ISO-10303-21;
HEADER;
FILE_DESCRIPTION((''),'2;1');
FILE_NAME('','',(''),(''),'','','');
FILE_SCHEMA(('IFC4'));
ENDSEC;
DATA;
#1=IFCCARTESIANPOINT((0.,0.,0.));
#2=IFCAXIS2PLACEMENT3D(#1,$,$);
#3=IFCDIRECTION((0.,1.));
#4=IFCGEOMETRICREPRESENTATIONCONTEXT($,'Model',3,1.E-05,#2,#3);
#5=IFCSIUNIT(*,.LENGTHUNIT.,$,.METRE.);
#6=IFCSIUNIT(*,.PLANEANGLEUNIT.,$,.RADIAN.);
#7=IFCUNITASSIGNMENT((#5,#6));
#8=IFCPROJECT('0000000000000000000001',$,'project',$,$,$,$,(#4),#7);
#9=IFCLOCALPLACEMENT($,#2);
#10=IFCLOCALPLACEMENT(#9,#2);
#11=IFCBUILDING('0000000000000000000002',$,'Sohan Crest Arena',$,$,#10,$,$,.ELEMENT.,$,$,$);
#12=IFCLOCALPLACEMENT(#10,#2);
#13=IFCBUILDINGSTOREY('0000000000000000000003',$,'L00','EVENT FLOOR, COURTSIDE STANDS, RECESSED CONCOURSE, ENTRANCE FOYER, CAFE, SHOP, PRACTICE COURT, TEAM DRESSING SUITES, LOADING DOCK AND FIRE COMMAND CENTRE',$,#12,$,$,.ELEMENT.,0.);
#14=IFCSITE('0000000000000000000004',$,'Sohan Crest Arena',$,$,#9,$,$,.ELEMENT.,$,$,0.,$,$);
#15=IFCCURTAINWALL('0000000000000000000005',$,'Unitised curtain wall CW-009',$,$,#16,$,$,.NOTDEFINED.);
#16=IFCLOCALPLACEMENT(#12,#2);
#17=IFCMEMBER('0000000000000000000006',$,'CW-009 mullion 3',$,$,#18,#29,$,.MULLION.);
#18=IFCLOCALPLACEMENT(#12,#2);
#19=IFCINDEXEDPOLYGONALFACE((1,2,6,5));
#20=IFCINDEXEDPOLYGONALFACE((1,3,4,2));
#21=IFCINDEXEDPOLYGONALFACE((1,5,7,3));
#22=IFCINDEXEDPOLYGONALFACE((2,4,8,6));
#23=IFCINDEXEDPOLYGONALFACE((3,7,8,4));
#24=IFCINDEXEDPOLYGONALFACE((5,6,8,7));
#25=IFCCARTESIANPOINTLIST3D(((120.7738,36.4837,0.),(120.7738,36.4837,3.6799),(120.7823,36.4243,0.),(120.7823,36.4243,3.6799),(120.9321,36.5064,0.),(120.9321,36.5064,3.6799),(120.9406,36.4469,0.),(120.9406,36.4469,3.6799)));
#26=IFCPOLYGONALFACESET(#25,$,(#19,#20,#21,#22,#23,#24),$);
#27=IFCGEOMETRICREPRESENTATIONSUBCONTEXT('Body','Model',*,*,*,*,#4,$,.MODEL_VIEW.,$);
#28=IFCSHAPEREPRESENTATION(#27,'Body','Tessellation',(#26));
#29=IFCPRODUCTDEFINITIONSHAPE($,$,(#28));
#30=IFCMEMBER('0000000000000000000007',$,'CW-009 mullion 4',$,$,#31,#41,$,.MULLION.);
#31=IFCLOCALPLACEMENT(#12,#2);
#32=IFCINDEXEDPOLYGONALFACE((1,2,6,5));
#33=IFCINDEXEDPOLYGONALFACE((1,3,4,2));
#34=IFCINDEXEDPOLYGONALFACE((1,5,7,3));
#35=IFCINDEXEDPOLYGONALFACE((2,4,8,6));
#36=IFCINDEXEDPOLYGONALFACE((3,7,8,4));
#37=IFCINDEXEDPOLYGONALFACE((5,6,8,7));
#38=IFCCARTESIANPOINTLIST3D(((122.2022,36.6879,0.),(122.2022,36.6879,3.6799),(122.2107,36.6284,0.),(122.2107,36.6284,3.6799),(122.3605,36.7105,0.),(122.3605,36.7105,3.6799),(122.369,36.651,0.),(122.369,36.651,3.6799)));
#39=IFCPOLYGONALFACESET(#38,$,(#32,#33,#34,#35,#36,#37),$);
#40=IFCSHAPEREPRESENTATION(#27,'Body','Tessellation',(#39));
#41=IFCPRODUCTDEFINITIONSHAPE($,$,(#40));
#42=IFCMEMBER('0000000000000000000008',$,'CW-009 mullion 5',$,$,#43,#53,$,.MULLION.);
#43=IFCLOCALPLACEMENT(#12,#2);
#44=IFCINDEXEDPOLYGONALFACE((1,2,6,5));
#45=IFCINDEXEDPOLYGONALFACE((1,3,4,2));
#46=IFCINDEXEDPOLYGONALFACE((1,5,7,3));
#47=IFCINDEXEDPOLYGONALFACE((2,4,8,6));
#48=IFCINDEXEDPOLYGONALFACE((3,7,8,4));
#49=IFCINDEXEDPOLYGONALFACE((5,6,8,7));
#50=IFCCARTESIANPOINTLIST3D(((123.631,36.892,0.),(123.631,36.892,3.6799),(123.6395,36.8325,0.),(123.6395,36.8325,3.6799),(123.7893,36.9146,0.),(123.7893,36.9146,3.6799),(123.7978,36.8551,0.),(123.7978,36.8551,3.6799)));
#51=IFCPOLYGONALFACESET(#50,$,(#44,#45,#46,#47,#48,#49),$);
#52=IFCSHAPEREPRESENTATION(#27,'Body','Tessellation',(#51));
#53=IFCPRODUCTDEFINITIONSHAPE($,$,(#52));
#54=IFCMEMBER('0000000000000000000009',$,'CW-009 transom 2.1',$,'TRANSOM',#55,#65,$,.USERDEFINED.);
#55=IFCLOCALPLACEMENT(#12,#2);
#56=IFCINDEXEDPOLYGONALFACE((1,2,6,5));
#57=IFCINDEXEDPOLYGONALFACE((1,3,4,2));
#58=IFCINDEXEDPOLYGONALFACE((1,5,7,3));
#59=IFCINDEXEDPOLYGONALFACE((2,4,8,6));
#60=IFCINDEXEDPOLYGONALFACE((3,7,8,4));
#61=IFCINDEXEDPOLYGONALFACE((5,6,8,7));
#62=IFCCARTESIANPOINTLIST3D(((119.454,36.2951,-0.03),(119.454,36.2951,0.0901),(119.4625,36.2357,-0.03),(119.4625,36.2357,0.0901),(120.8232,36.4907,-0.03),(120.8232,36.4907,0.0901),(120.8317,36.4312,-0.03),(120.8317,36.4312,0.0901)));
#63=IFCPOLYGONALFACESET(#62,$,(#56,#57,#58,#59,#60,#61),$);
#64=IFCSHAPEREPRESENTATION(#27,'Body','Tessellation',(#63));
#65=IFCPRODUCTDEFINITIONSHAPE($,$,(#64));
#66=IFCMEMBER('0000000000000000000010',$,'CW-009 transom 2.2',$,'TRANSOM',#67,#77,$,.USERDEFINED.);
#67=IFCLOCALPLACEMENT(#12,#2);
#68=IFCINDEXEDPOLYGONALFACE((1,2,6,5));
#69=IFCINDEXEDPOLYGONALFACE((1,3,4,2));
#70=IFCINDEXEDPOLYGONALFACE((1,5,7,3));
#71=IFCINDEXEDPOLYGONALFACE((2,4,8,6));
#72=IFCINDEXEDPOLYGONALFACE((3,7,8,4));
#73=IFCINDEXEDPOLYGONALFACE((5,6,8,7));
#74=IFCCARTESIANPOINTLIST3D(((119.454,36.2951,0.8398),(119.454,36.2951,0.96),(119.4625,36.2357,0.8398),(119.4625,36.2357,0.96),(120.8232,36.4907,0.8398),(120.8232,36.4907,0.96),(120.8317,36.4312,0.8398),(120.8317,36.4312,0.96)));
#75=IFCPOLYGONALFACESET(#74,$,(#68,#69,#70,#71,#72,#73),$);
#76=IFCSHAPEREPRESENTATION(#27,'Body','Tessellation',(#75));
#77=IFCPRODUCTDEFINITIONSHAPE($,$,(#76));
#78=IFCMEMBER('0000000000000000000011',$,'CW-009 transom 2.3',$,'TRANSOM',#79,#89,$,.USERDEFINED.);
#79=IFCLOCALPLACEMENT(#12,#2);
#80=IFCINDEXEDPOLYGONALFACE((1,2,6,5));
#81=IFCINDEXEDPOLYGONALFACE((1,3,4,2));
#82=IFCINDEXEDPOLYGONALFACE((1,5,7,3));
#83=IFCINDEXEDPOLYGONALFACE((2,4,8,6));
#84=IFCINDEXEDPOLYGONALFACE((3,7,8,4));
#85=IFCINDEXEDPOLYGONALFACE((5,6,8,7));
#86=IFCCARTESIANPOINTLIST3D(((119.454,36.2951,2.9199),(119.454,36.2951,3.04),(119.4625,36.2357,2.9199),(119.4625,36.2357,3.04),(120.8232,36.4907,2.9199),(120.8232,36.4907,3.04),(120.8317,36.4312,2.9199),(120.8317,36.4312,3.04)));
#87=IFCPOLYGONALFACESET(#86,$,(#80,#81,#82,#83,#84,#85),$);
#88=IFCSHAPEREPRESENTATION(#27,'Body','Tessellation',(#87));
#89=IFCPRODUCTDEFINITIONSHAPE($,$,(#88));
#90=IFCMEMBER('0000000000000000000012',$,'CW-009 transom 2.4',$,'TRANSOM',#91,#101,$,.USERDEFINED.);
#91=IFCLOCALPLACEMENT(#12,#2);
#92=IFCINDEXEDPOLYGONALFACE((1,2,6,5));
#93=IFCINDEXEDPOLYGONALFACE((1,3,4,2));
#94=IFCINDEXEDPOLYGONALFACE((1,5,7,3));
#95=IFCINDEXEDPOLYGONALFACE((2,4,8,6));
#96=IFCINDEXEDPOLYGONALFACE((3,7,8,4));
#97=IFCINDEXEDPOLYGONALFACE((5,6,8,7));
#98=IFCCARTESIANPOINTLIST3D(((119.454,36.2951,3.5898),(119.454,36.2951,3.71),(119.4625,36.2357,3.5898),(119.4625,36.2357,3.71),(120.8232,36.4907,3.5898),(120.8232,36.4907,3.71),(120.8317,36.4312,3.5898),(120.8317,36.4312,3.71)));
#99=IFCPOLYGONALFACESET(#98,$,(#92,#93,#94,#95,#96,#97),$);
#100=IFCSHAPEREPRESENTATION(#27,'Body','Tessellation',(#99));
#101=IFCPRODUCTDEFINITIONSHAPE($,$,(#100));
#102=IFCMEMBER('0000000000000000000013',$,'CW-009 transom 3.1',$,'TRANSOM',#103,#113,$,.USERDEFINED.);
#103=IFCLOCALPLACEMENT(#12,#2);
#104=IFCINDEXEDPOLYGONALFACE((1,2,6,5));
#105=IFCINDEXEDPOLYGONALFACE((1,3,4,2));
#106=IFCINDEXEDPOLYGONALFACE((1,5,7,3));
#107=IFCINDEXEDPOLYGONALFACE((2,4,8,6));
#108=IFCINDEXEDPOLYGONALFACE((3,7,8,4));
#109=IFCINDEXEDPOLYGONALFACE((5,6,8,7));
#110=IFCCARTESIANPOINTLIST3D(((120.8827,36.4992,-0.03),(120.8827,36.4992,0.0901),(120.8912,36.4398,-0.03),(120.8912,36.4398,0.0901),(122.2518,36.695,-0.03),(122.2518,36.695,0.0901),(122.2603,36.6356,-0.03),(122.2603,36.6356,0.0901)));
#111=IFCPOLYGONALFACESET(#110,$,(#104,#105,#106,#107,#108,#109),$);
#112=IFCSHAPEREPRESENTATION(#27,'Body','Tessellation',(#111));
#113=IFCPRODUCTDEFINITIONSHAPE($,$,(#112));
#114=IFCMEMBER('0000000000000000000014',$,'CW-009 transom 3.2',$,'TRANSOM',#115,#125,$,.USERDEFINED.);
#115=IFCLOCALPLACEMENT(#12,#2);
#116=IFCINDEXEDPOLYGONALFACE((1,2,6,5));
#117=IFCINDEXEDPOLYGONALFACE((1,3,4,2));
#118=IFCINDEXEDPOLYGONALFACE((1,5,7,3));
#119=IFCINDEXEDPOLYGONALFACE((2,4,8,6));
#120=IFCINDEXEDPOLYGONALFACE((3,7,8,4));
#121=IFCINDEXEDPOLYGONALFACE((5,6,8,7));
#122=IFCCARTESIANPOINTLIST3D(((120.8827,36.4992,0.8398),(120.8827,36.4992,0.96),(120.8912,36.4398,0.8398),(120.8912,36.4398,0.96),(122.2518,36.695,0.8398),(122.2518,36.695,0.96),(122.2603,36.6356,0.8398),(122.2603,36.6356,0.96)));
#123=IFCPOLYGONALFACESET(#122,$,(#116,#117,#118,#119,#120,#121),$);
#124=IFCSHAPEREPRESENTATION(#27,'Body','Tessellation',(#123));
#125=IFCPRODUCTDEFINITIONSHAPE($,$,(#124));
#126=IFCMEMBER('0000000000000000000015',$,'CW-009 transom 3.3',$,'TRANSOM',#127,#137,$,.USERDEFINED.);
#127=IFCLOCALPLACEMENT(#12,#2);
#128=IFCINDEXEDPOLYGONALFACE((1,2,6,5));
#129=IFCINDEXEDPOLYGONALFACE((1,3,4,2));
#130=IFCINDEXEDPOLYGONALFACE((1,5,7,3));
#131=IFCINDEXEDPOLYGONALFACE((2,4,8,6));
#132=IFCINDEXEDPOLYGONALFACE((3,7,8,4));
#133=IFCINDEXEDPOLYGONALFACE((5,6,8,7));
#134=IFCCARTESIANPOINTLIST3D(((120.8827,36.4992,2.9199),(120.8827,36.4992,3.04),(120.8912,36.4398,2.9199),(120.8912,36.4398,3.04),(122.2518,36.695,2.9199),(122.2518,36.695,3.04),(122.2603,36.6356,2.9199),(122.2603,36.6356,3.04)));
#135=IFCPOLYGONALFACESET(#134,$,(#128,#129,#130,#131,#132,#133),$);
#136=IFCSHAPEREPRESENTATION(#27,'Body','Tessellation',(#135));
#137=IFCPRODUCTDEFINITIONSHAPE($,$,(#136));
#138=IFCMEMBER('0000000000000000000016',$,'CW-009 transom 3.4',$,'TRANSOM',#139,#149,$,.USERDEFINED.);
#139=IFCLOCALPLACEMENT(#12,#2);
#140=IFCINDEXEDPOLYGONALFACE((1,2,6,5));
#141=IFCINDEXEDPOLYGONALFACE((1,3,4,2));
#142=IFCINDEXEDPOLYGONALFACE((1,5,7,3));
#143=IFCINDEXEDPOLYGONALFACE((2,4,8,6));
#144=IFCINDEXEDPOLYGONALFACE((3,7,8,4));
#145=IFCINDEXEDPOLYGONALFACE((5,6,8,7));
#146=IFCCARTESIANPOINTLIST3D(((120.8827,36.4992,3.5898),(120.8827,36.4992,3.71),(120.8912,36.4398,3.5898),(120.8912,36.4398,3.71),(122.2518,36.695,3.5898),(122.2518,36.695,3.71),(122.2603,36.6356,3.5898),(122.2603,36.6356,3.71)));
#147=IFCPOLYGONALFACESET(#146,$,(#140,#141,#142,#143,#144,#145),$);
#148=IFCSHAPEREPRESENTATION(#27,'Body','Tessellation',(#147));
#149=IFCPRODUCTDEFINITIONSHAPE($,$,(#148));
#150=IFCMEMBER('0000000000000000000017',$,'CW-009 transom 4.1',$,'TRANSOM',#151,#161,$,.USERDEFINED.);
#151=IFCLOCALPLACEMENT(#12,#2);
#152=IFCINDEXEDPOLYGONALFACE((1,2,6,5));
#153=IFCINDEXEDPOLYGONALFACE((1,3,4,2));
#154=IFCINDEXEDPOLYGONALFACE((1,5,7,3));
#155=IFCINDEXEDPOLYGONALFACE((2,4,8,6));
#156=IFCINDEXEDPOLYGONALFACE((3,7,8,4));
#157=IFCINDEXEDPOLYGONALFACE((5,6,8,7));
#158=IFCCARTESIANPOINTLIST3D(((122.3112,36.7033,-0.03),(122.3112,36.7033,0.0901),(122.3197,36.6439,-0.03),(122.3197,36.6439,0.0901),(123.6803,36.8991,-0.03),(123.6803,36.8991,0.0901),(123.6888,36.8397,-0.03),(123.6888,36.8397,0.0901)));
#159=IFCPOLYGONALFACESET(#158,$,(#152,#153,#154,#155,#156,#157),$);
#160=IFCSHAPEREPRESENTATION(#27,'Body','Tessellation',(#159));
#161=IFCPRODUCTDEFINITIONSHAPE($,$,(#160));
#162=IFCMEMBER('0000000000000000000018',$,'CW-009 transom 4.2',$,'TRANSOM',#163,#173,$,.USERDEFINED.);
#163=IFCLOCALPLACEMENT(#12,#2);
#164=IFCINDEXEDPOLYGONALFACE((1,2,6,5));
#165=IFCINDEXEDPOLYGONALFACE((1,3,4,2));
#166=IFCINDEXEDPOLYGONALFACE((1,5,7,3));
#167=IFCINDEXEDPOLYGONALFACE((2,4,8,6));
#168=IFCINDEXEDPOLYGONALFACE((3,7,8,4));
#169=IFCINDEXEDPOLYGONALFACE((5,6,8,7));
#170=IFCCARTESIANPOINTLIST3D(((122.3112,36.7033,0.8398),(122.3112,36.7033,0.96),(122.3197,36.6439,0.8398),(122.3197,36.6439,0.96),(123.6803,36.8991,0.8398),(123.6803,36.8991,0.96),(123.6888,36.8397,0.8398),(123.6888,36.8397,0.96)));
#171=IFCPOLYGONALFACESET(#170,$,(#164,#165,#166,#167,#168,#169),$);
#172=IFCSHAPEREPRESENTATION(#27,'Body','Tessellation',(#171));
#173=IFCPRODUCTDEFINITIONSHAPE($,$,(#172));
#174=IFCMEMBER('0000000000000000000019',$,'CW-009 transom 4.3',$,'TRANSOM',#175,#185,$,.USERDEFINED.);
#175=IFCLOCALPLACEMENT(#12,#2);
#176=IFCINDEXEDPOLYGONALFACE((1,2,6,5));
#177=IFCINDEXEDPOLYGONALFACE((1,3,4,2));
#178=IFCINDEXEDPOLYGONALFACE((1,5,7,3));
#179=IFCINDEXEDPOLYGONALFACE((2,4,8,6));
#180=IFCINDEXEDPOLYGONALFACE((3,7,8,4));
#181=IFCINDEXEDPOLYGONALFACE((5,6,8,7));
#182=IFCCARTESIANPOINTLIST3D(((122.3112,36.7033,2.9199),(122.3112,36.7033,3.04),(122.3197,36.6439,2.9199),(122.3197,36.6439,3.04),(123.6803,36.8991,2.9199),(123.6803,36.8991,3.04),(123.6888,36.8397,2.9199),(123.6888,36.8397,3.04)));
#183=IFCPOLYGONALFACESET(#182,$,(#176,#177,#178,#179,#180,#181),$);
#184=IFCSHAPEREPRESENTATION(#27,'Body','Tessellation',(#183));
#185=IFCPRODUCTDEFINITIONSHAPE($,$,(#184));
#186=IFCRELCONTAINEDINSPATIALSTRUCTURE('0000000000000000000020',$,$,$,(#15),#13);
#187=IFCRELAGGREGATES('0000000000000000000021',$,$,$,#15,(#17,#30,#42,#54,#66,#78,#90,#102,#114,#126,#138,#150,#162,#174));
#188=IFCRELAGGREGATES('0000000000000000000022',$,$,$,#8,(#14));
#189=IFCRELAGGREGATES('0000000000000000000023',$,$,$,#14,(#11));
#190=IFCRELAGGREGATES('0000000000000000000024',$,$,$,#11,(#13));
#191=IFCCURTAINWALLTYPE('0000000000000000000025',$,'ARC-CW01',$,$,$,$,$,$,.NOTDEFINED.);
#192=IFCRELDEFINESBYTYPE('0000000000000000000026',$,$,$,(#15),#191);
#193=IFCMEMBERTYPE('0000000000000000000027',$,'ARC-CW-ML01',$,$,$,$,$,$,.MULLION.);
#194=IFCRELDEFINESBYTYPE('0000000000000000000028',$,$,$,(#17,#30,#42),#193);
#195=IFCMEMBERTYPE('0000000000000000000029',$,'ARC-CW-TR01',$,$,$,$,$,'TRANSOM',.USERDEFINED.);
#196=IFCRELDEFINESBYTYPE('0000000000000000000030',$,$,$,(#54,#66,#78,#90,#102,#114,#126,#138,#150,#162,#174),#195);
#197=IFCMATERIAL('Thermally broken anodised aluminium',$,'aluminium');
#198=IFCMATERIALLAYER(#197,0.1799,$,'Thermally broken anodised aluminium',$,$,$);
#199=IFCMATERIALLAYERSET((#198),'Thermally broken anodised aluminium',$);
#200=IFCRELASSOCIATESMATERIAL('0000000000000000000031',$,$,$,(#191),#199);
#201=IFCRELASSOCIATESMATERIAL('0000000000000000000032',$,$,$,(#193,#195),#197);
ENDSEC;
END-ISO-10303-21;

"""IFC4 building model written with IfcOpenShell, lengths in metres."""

from ifc_helpers import new_model, si_unit, direction, frame, origin, origin_2d, place, context, subcontext, project, spatial, rectangle, extrude, material, layer, layer_set, material_profile, profile_set, type_object, element, aggregate, save


model = new_model("IFC4")

# Units and contexts
model_context = context("Model", 3, precision=1e-05, world=origin(), true_north=direction((0.0, 1.0)))
body_context = subcontext(model_context, "Body", "Model", "MODEL_VIEW")
ifc_project = project(units=[si_unit("LENGTHUNIT", "METRE"), si_unit("PLANEANGLEUNIT", "RADIAN")], contexts=[model_context])

# Site, building, storey
site_placement = place(None, origin())
site = spatial("IfcSite", under=ifc_project, at=site_placement, Name="Sohan Crest Arena", CompositionType="ELEMENT", RefElevation=0.0)
building_placement = place(site_placement, origin())
building = spatial("IfcBuilding", under=site, at=building_placement, Name="Sohan Crest Arena", CompositionType="ELEMENT")
storey_placement = place(building_placement, origin())
storey = spatial("IfcBuildingStorey", under=building, at=storey_placement, Name="L00", Description="EVENT FLOOR, COURTSIDE STANDS, RECESSED CONCOURSE, ENTRANCE FOYER, CAFE, SHOP, PRACTICE COURT, TEAM DRESSING SUITES, LOADING DOCK AND FIRE COMMAND CENTRE", CompositionType="ELEMENT", Elevation=0.0)

# Curtain wall, members
ifc_material_1 = material(Name="Thermally broken anodised aluminium", Category="aluminium")
ifc_layer_1 = layer(ifc_material_1, 0.1799, Name="Thermally broken anodised aluminium")
ifc_layer_set_1 = layer_set([ifc_layer_1], Name="Thermally broken anodised aluminium")
curtain_wall_type = type_object("IfcCurtainWallType", Name="ARC-CW01", PredefinedType="NOTDEFINED", material=ifc_layer_set_1)
curtain_wall_placement = place(storey_placement, origin())
curtain_wall = element("IfcCurtainWall", 1, at=curtain_wall_placement, inside=storey, type_object=curtain_wall_type, Name="Unitised curtain wall CW-009", PredefinedType="NOTDEFINED")
ifc_material_profile_1 = material_profile(ifc_material_1, rectangle(XDim=0.0601, YDim=0.1599, at=origin_2d()), Name="ALU-MULL 60x160")
ifc_profile_set_1 = profile_set([ifc_material_profile_1], Name="Thermally broken anodised aluminium")
member_type_1 = type_object("IfcMemberType", Name="ARC-CW-ML01", PredefinedType="MULLION", material=ifc_profile_set_1)
member_1_placement = place(storey_placement, frame((120.8572, 36.4653, 0.0), z_axis=(0.0, 0.0, 1.0), x_axis=(-0.141463, 0.989944, 0.0)))
member_1 = element("IfcMember", 2, at=member_1_placement, type_object=member_type_1, Name="CW-009 mullion 3", PredefinedType="MULLION", context=body_context, shape_type="SweptSolid", body=[
    extrude(rectangle(XDim=0.0601, YDim=0.1599, at=origin_2d()), origin(), (0.0, 0.0, 1.0), 3.6799),
])
member_2_placement = place(storey_placement, frame((122.2856, 36.6694, 0.0), z_axis=(0.0, 0.0, 1.0), x_axis=(-0.141463, 0.989944, 0.0)))
member_2 = element("IfcMember", 3, at=member_2_placement, type_object=member_type_1, Name="CW-009 mullion 4", PredefinedType="MULLION", context=body_context, shape_type="SweptSolid", body=[
    extrude(rectangle(XDim=0.0601, YDim=0.1599, at=origin_2d()), origin(), (0.0, 0.0, 1.0), 3.6799),
])
member_3_placement = place(storey_placement, frame((123.7144, 36.8735, 0.0), z_axis=(0.0, 0.0, 1.0), x_axis=(-0.141463, 0.989944, 0.0)))
member_3 = element("IfcMember", 4, at=member_3_placement, type_object=member_type_1, Name="CW-009 mullion 5", PredefinedType="MULLION", context=body_context, shape_type="SweptSolid", body=[
    extrude(rectangle(XDim=0.0601, YDim=0.1599, at=origin_2d()), origin(), (0.0, 0.0, 1.0), 3.6799),
])
ifc_material_profile_2 = material_profile(ifc_material_1, rectangle(XDim=0.0601, YDim=0.1201, at=origin_2d()), Name="ALU-TRAN 60x120")
ifc_profile_set_2 = profile_set([ifc_material_profile_2], Name="Thermally broken anodised aluminium")
member_type_2 = type_object("IfcMemberType", Name="ARC-CW-TR01", ElementType="TRANSOM", PredefinedType="USERDEFINED", material=ifc_profile_set_2)
member_4_placement = place(storey_placement, frame((119.4583, 36.2654, 0.03), z_axis=(0.989953, 0.141397, 0.0), x_axis=(-0.141397, 0.989953, 0.0)))
member_4 = element("IfcMember", 5, at=member_4_placement, type_object=member_type_2, Name="CW-009 transom 2.1", ObjectType="TRANSOM", PredefinedType="USERDEFINED", context=body_context, shape_type="SweptSolid", body=[
    extrude(rectangle(XDim=0.0601, YDim=0.1201, at=origin_2d()), origin(), (0.0, 0.0, 1.0), 1.3831),
])
member_5_placement = place(storey_placement, frame((119.4583, 36.2654, 0.8999), z_axis=(0.989953, 0.141397, 0.0), x_axis=(-0.141397, 0.989953, 0.0)))
member_5 = element("IfcMember", 6, at=member_5_placement, type_object=member_type_2, Name="CW-009 transom 2.2", ObjectType="TRANSOM", PredefinedType="USERDEFINED", context=body_context, shape_type="SweptSolid", body=[
    extrude(rectangle(XDim=0.0601, YDim=0.1201, at=origin_2d()), origin(), (0.0, 0.0, 1.0), 1.3831),
])
member_6_placement = place(storey_placement, frame((119.4583, 36.2654, 2.98), z_axis=(0.989953, 0.141397, 0.0), x_axis=(-0.141397, 0.989953, 0.0)))
member_6 = element("IfcMember", 7, at=member_6_placement, type_object=member_type_2, Name="CW-009 transom 2.3", ObjectType="TRANSOM", PredefinedType="USERDEFINED", context=body_context, shape_type="SweptSolid", body=[
    extrude(rectangle(XDim=0.0601, YDim=0.1201, at=origin_2d()), origin(), (0.0, 0.0, 1.0), 1.3831),
])
member_7_placement = place(storey_placement, frame((119.4583, 36.2654, 3.6499), z_axis=(0.989953, 0.141397, 0.0), x_axis=(-0.141397, 0.989953, 0.0)))
member_7 = element("IfcMember", 8, at=member_7_placement, type_object=member_type_2, Name="CW-009 transom 2.4", ObjectType="TRANSOM", PredefinedType="USERDEFINED", context=body_context, shape_type="SweptSolid", body=[
    extrude(rectangle(XDim=0.0601, YDim=0.1201, at=origin_2d()), origin(), (0.0, 0.0, 1.0), 1.3831),
])
member_8_placement = place(storey_placement, frame((120.887, 36.4695, 0.03), z_axis=(0.989928, 0.14157, 0.0), x_axis=(-0.14157, 0.989928, 0.0)))
member_8 = element("IfcMember", 9, at=member_8_placement, type_object=member_type_2, Name="CW-009 transom 3.1", ObjectType="TRANSOM", PredefinedType="USERDEFINED", context=body_context, shape_type="SweptSolid", body=[
    extrude(rectangle(XDim=0.0601, YDim=0.1201, at=origin_2d()), origin(), (0.0, 0.0, 1.0), 1.3831),
])
member_9_placement = place(storey_placement, frame((120.887, 36.4695, 0.8999), z_axis=(0.989928, 0.14157, 0.0), x_axis=(-0.14157, 0.989928, 0.0)))
member_9 = element("IfcMember", 10, at=member_9_placement, type_object=member_type_2, Name="CW-009 transom 3.2", ObjectType="TRANSOM", PredefinedType="USERDEFINED", context=body_context, shape_type="SweptSolid", body=[
    extrude(rectangle(XDim=0.0601, YDim=0.1201, at=origin_2d()), origin(), (0.0, 0.0, 1.0), 1.3831),
])
member_10_placement = place(storey_placement, frame((120.887, 36.4695, 2.98), z_axis=(0.989928, 0.14157, 0.0), x_axis=(-0.14157, 0.989928, 0.0)))
member_10 = element("IfcMember", 11, at=member_10_placement, type_object=member_type_2, Name="CW-009 transom 3.3", ObjectType="TRANSOM", PredefinedType="USERDEFINED", context=body_context, shape_type="SweptSolid", body=[
    extrude(rectangle(XDim=0.0601, YDim=0.1201, at=origin_2d()), origin(), (0.0, 0.0, 1.0), 1.3831),
])
member_11_placement = place(storey_placement, frame((120.887, 36.4695, 3.6499), z_axis=(0.989928, 0.14157, 0.0), x_axis=(-0.14157, 0.989928, 0.0)))
member_11 = element("IfcMember", 12, at=member_11_placement, type_object=member_type_2, Name="CW-009 transom 3.4", ObjectType="TRANSOM", PredefinedType="USERDEFINED", context=body_context, shape_type="SweptSolid", body=[
    extrude(rectangle(XDim=0.0601, YDim=0.1201, at=origin_2d()), origin(), (0.0, 0.0, 1.0), 1.3831),
])
member_12_placement = place(storey_placement, frame((122.3154, 36.6736, 0.03), z_axis=(0.989928, 0.14157, 0.0), x_axis=(-0.14157, 0.989928, 0.0)))
member_12 = element("IfcMember", 13, at=member_12_placement, type_object=member_type_2, Name="CW-009 transom 4.1", ObjectType="TRANSOM", PredefinedType="USERDEFINED", context=body_context, shape_type="SweptSolid", body=[
    extrude(rectangle(XDim=0.0601, YDim=0.1201, at=origin_2d()), origin(), (0.0, 0.0, 1.0), 1.3831),
])
member_13_placement = place(storey_placement, frame((122.3154, 36.6736, 0.8999), z_axis=(0.989928, 0.14157, 0.0), x_axis=(-0.14157, 0.989928, 0.0)))
member_13 = element("IfcMember", 14, at=member_13_placement, type_object=member_type_2, Name="CW-009 transom 4.2", ObjectType="TRANSOM", PredefinedType="USERDEFINED", context=body_context, shape_type="SweptSolid", body=[
    extrude(rectangle(XDim=0.0601, YDim=0.1201, at=origin_2d()), origin(), (0.0, 0.0, 1.0), 1.3831),
])
member_14_placement = place(storey_placement, frame((122.3154, 36.6736, 2.98), z_axis=(0.989928, 0.14157, 0.0), x_axis=(-0.14157, 0.989928, 0.0)))
member_14 = element("IfcMember", 15, at=member_14_placement, type_object=member_type_2, Name="CW-009 transom 4.3", ObjectType="TRANSOM", PredefinedType="USERDEFINED", context=body_context, shape_type="SweptSolid", body=[
    extrude(rectangle(XDim=0.0601, YDim=0.1201, at=origin_2d()), origin(), (0.0, 0.0, 1.0), 1.3831),
])
aggregate(curtain_wall, [member_1, member_2, member_3, member_4, member_5, member_6, member_7, member_8, member_9, member_10, member_11, member_12, member_13, member_14])

save(model, "model.ifc")
